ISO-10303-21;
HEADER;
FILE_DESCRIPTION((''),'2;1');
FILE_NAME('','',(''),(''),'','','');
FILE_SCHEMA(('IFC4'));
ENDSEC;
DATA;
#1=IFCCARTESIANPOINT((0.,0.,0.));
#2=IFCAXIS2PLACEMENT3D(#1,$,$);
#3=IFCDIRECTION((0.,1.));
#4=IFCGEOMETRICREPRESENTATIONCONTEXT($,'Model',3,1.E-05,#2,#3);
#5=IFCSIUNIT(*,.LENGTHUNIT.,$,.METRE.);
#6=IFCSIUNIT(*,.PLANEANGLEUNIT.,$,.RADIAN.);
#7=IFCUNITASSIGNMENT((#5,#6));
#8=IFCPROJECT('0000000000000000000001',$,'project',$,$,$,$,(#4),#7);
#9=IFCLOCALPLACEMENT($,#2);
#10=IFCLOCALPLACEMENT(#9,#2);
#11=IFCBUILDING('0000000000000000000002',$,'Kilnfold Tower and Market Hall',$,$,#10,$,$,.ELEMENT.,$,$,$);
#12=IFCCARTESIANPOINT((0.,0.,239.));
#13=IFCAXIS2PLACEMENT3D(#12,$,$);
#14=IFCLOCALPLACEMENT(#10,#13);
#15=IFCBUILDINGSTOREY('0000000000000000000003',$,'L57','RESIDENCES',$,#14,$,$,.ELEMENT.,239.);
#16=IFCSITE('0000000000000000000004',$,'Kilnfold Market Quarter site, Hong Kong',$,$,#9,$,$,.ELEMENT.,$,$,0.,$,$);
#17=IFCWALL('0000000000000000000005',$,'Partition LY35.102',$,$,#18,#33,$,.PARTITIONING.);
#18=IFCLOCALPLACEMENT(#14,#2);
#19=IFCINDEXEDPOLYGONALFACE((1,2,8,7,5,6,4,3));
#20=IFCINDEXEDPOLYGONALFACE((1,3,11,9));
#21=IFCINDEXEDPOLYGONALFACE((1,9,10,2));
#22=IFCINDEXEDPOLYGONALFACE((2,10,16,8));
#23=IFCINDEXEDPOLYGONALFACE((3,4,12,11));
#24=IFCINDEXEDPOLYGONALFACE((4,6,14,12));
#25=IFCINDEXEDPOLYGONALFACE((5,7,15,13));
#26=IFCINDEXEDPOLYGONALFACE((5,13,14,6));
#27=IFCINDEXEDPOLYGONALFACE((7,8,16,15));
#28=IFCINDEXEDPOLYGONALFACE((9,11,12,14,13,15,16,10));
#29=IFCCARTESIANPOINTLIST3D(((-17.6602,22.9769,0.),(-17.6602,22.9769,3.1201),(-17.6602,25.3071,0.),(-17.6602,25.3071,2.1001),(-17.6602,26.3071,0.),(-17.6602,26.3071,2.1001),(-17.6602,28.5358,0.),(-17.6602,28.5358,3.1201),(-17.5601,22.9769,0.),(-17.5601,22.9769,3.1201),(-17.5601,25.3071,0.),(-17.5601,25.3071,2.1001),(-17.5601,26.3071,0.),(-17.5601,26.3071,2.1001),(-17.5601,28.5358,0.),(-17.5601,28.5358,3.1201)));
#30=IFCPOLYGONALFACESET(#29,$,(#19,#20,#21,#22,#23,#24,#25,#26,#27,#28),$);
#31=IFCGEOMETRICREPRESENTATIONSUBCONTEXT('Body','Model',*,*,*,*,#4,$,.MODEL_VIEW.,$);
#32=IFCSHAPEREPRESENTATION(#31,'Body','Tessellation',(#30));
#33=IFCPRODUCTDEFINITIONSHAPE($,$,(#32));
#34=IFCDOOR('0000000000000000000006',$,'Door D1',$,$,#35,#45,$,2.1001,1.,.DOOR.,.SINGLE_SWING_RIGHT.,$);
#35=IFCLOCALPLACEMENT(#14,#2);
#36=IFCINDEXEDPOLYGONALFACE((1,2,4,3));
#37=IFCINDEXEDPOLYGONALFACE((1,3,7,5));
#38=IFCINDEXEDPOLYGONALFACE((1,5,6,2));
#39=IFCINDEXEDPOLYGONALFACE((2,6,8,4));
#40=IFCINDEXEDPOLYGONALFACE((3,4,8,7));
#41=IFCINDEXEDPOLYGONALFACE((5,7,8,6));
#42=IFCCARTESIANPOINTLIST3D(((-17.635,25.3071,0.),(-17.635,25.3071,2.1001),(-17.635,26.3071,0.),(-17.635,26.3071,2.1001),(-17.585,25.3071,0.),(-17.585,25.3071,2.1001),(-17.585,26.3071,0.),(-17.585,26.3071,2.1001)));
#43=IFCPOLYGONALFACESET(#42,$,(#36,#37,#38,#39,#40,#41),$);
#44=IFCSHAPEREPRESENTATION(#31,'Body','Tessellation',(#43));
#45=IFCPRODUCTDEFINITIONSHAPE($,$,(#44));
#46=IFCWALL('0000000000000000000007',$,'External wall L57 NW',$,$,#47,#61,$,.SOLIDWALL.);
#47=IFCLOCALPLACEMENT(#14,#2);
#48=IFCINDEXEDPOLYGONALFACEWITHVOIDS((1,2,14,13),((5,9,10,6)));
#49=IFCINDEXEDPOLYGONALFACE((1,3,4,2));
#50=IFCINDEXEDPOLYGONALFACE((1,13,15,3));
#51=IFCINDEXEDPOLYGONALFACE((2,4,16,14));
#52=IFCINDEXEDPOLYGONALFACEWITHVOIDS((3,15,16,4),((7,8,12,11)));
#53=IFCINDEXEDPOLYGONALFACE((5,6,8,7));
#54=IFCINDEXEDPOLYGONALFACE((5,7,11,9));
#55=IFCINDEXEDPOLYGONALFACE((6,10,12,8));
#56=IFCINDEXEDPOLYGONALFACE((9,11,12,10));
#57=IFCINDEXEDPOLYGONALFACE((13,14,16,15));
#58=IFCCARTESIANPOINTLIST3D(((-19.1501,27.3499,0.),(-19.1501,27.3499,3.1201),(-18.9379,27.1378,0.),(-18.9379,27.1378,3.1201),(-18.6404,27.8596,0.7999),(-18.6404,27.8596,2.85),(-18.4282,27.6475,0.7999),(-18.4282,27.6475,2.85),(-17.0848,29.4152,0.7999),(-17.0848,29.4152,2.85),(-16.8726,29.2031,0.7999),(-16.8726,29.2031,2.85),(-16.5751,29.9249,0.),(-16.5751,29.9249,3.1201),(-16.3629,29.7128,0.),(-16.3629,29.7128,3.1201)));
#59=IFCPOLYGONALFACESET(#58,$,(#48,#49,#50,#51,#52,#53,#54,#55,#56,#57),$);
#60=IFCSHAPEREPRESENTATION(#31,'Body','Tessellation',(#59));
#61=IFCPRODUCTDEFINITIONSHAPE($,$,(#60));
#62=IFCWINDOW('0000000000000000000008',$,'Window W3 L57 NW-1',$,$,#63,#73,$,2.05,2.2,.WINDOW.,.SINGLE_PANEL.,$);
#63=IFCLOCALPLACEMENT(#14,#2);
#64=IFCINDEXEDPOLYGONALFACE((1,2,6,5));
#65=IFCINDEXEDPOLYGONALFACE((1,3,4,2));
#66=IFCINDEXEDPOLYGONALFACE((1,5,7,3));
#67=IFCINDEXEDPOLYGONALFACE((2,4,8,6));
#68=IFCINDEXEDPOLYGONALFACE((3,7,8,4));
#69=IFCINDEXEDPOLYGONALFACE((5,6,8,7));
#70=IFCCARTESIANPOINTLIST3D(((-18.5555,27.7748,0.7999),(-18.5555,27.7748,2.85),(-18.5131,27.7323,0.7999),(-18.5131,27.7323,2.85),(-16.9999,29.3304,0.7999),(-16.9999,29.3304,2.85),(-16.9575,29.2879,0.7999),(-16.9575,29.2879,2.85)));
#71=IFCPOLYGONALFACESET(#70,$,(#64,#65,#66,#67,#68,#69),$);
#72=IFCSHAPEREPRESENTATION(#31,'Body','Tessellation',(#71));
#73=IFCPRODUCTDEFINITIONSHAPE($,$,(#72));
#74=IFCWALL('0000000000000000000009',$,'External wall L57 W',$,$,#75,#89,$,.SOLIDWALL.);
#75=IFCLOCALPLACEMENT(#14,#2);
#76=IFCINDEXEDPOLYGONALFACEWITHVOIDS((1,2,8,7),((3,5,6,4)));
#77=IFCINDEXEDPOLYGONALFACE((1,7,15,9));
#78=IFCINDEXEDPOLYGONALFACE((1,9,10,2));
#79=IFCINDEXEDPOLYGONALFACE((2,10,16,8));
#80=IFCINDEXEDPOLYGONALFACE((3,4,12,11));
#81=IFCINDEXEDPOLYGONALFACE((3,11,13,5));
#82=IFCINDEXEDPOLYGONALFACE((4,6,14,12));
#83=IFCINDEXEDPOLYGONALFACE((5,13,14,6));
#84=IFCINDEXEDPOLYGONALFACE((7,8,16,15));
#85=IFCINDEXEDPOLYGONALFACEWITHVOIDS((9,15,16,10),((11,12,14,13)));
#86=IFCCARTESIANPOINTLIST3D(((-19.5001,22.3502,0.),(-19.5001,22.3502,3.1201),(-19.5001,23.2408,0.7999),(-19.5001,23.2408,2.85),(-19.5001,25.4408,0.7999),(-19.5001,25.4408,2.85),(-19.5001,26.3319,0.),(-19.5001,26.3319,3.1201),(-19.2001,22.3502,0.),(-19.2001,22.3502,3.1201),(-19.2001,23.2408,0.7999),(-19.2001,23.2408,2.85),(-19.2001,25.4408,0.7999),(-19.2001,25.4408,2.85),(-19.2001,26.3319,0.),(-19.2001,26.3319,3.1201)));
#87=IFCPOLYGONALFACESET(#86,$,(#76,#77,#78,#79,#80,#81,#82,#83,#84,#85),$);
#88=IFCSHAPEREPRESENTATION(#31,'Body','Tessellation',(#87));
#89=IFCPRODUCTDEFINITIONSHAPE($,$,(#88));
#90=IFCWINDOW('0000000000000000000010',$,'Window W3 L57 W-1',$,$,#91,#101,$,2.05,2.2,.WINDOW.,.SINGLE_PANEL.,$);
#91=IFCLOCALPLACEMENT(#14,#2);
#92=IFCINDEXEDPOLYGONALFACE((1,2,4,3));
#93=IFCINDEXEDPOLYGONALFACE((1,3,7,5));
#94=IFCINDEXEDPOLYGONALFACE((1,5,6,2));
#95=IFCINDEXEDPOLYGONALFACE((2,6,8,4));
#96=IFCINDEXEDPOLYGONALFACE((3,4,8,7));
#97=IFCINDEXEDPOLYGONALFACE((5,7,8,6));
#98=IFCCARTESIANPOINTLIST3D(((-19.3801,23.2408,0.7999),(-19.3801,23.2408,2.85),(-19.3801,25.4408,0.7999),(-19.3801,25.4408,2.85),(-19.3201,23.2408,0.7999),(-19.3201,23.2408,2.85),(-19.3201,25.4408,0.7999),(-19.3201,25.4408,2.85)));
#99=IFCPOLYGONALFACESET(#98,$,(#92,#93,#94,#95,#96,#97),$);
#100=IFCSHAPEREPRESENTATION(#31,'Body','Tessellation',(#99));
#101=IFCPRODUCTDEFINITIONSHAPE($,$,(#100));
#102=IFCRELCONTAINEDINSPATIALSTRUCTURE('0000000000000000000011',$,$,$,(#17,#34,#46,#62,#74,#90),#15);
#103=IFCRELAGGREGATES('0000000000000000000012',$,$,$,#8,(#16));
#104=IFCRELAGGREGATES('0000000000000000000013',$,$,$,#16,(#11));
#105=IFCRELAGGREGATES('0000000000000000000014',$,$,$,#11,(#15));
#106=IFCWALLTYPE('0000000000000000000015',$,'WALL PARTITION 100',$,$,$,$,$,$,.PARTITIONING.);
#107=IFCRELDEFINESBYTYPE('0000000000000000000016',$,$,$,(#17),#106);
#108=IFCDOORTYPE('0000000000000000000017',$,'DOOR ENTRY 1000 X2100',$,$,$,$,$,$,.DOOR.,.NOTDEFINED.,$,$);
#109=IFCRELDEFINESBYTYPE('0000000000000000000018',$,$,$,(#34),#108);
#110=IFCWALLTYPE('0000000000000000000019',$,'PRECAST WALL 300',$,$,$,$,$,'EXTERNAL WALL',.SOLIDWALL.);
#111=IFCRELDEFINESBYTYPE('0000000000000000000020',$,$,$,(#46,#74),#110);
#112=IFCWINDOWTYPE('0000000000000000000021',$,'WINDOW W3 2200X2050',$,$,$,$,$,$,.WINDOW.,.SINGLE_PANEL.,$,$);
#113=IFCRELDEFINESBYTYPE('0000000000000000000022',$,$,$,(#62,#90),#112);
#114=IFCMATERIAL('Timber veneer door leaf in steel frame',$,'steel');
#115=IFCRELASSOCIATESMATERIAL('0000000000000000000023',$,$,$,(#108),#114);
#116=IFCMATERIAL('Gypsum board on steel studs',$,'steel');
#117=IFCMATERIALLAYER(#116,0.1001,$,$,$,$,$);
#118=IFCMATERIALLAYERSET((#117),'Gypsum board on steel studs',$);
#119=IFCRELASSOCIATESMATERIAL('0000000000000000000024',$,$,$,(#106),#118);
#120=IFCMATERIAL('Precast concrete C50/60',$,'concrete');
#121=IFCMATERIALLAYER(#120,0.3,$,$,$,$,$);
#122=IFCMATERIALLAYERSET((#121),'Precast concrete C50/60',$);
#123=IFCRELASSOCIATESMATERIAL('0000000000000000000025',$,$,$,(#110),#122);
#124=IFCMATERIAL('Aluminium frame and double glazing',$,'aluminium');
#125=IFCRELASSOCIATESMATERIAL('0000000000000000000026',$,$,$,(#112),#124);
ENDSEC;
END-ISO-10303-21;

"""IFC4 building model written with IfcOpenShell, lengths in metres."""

from ifc_helpers import new_model, si_unit, direction, frame, frame_2d, origin, place, context, subcontext, project, spatial, rectangle, extrude, source, transform, mapped, material, layer, layer_set, type_object, element, fill, save


model = new_model("IFC4")

# Units and contexts
model_context = context("Model", 3, precision=1e-05, world=origin(), true_north=direction((0.0, 1.0)))
body_context = subcontext(model_context, "Body", "Model", "MODEL_VIEW")
ifc_project = project(units=[si_unit("LENGTHUNIT", "METRE"), si_unit("PLANEANGLEUNIT", "RADIAN")], contexts=[model_context])

# Site, building, storey
site_placement = place(None, origin())
site = spatial("IfcSite", under=ifc_project, at=site_placement, Name="Kilnfold Market Quarter site, Hong Kong", CompositionType="ELEMENT", RefElevation=0.0)
building_placement = place(site_placement, origin())
building = spatial("IfcBuilding", under=site, at=building_placement, Name="Kilnfold Tower and Market Hall", CompositionType="ELEMENT")
storey_placement = place(building_placement, frame((0.0, 0.0, 239.0)))
storey = spatial("IfcBuildingStorey", under=building, at=storey_placement, Name="L57", Description="RESIDENCES", CompositionType="ELEMENT", Elevation=239.0)

# Shared definitions
ifc_material_1 = material(Name="Timber veneer door leaf in steel frame", Category="steel")
door_type_1 = type_object("IfcDoorType", Name="DOOR ENTRY 1000 X2100", OperationType="NOTDEFINED", PredefinedType="DOOR", material=ifc_material_1)

# Wall, opening, door
ifc_material_2 = material(Name="Gypsum board on steel studs", Category="steel")
ifc_layer_1 = layer(ifc_material_2, 0.1001)
ifc_layer_set_1 = layer_set([ifc_layer_1], Name="Gypsum board on steel studs")
wall_type_1 = type_object("IfcWallType", Name="WALL PARTITION 100", PredefinedType="PARTITIONING", material=ifc_layer_set_1)
wall_1_placement = place(storey_placement, frame((-17.6101, 22.9771, 0.0), z_axis=(0.0, 0.0, 1.0), x_axis=(0.0, 1.0, 0.0)))
wall_1 = element("IfcWall", 1, at=wall_1_placement, inside=storey, type_object=wall_type_1, Name="Partition LY35.102", PredefinedType="PARTITIONING", context=body_context, shape_type="SweptSolid", body=[
    extrude(rectangle(XDim=5.5588, YDim=0.1001, at=frame_2d((2.7793, 0.0))), origin(), (0.0, 0.0, 1.0), 3.1201),
])
opening_1_placement = place(wall_1_placement, frame((2.3301, 0.0, 0.0)))
opening_1 = element("IfcOpeningElement", 2, at=opening_1_placement, cuts=wall_1, PredefinedType="OPENING", context=body_context, shape_type="SweptSolid", body=[
    extrude(rectangle(XDim=1.0, YDim=2.1001, at=frame_2d((0.5, 1.05))), frame((0.0, 0.0601, 0.0), z_axis=(0.0, -1.0, 0.0), x_axis=(1.0, 0.0, 0.0)), (0.0, 0.0, 1.0), 0.1201),
])
door_1_placement = place(opening_1_placement, origin())
door_1 = element("IfcDoor", 3, at=door_1_placement, inside=storey, type_object=door_type_1, Name="Door D1", OperationType="SINGLE_SWING_RIGHT", OverallHeight=2.1001, OverallWidth=1.0, PredefinedType="DOOR", context=body_context, shape_type="SweptSolid", body=[
    extrude(rectangle(XDim=1.0, YDim=2.1001, at=frame_2d((0.5, 1.05))), frame((0.0, 0.0249, 0.0), z_axis=(0.0, -1.0, 0.0), x_axis=(1.0, 0.0, 0.0)), (0.0, 0.0, 1.0), 0.05),
])
fill(opening_1, door_1)

# Walls, openings, windows
ifc_material_3 = material(Name="Precast concrete C50/60", Category="concrete")
ifc_layer_2 = layer(ifc_material_3, 0.3)
ifc_layer_set_2 = layer_set([ifc_layer_2], Name="Precast concrete C50/60")
wall_type_2 = type_object("IfcWallType", Name="PRECAST WALL 300", ElementType="EXTERNAL WALL", PredefinedType="SOLIDWALL", material=ifc_layer_set_2)
shared_shape_1 = source(origin(), body_context, "Body", "SweptSolid", [
    extrude(rectangle(XDim=3.6416, YDim=0.3, at=frame_2d((1.8208, 0.0))), origin(), (0.0, 0.0, 1.0), 3.1201),
])
wall_2_placement = place(storey_placement, frame((-16.469, 29.8188, 0.0), z_axis=(0.0, 0.0, 1.0), x_axis=(-0.707107, -0.707107, 0.0)))
wall_2 = element("IfcWall", 4, at=wall_2_placement, inside=storey, type_object=wall_type_2, Name="External wall L57 NW", PredefinedType="SOLIDWALL", context=body_context, shape_type="MappedRepresentation", body=[
    mapped(shared_shape_1, transform((0.0, 0.0, 0.0))),
])
opening_2_placement = place(wall_2_placement, frame((0.7207, 0.0, 0.8)))
opening_2 = element("IfcOpeningElement", 5, at=opening_2_placement, cuts=wall_2, PredefinedType="OPENING", context=body_context, shape_type="SweptSolid", body=[
    extrude(rectangle(XDim=2.2, YDim=2.05, at=frame_2d((1.1001, 1.0249))), frame((0.0, 0.1602, 0.0), z_axis=(0.0, -1.0, 0.0), x_axis=(1.0, 0.0, 0.0)), (0.0, 0.0, 1.0), 0.3201),
])
ifc_material_4 = material(Name="Aluminium frame and double glazing", Category="aluminium")
window_type = type_object("IfcWindowType", Name="WINDOW W3 2200X2050", PartitioningType="SINGLE_PANEL", PredefinedType="WINDOW", material=ifc_material_4)
window_1_placement = place(opening_2_placement, origin())
window_1 = element("IfcWindow", 6, at=window_1_placement, inside=storey, type_object=window_type, Name="Window W3 L57 NW-1", OverallHeight=2.05, OverallWidth=2.2, PartitioningType="SINGLE_PANEL", PredefinedType="WINDOW", context=body_context, shape_type="SweptSolid", body=[
    extrude(rectangle(XDim=2.2, YDim=2.05, at=frame_2d((1.1001, 1.0249))), frame((0.0, 0.03, 0.0), z_axis=(0.0, -1.0, 0.0), x_axis=(1.0, 0.0, 0.0)), (0.0, 0.0, 1.0), 0.0601),
])
fill(opening_2, window_1)
shared_shape_2 = source(origin(), body_context, "Body", "SweptSolid", [
    extrude(rectangle(XDim=3.9817, YDim=0.3, at=frame_2d((1.9907, 0.0))), origin(), (0.0, 0.0, 1.0), 3.1201),
])
wall_3_placement = place(storey_placement, frame((-19.3501, 26.3318, 0.0), z_axis=(0.0, 0.0, 1.0), x_axis=(0.0, -1.0, 0.0)))
wall_3 = element("IfcWall", 7, at=wall_3_placement, inside=storey, type_object=wall_type_2, Name="External wall L57 W", PredefinedType="SOLIDWALL", context=body_context, shape_type="MappedRepresentation", body=[
    mapped(shared_shape_2, transform((0.0, 0.0, 0.0))),
])
opening_3_placement = place(wall_3_placement, frame((0.8909, 0.0, 0.8)))
opening_3 = element("IfcOpeningElement", 8, at=opening_3_placement, cuts=wall_3, PredefinedType="OPENING", context=body_context, shape_type="SweptSolid", body=[
    extrude(rectangle(XDim=2.2, YDim=2.05, at=frame_2d((1.1001, 1.0249))), frame((0.0, 0.1602, 0.0), z_axis=(0.0, -1.0, 0.0), x_axis=(1.0, 0.0, 0.0)), (0.0, 0.0, 1.0), 0.3201),
])
window_2_placement = place(opening_3_placement, origin())
window_2 = element("IfcWindow", 9, at=window_2_placement, inside=storey, type_object=window_type, Name="Window W3 L57 W-1", OverallHeight=2.05, OverallWidth=2.2, PartitioningType="SINGLE_PANEL", PredefinedType="WINDOW", context=body_context, shape_type="SweptSolid", body=[
    extrude(rectangle(XDim=2.2, YDim=2.05, at=frame_2d((1.1001, 1.0249))), frame((0.0, 0.03, 0.0), z_axis=(0.0, -1.0, 0.0), x_axis=(1.0, 0.0, 0.0)), (0.0, 0.0, 1.0), 0.0601),
])
fill(opening_3, window_2)

save(model, "model.ifc")
